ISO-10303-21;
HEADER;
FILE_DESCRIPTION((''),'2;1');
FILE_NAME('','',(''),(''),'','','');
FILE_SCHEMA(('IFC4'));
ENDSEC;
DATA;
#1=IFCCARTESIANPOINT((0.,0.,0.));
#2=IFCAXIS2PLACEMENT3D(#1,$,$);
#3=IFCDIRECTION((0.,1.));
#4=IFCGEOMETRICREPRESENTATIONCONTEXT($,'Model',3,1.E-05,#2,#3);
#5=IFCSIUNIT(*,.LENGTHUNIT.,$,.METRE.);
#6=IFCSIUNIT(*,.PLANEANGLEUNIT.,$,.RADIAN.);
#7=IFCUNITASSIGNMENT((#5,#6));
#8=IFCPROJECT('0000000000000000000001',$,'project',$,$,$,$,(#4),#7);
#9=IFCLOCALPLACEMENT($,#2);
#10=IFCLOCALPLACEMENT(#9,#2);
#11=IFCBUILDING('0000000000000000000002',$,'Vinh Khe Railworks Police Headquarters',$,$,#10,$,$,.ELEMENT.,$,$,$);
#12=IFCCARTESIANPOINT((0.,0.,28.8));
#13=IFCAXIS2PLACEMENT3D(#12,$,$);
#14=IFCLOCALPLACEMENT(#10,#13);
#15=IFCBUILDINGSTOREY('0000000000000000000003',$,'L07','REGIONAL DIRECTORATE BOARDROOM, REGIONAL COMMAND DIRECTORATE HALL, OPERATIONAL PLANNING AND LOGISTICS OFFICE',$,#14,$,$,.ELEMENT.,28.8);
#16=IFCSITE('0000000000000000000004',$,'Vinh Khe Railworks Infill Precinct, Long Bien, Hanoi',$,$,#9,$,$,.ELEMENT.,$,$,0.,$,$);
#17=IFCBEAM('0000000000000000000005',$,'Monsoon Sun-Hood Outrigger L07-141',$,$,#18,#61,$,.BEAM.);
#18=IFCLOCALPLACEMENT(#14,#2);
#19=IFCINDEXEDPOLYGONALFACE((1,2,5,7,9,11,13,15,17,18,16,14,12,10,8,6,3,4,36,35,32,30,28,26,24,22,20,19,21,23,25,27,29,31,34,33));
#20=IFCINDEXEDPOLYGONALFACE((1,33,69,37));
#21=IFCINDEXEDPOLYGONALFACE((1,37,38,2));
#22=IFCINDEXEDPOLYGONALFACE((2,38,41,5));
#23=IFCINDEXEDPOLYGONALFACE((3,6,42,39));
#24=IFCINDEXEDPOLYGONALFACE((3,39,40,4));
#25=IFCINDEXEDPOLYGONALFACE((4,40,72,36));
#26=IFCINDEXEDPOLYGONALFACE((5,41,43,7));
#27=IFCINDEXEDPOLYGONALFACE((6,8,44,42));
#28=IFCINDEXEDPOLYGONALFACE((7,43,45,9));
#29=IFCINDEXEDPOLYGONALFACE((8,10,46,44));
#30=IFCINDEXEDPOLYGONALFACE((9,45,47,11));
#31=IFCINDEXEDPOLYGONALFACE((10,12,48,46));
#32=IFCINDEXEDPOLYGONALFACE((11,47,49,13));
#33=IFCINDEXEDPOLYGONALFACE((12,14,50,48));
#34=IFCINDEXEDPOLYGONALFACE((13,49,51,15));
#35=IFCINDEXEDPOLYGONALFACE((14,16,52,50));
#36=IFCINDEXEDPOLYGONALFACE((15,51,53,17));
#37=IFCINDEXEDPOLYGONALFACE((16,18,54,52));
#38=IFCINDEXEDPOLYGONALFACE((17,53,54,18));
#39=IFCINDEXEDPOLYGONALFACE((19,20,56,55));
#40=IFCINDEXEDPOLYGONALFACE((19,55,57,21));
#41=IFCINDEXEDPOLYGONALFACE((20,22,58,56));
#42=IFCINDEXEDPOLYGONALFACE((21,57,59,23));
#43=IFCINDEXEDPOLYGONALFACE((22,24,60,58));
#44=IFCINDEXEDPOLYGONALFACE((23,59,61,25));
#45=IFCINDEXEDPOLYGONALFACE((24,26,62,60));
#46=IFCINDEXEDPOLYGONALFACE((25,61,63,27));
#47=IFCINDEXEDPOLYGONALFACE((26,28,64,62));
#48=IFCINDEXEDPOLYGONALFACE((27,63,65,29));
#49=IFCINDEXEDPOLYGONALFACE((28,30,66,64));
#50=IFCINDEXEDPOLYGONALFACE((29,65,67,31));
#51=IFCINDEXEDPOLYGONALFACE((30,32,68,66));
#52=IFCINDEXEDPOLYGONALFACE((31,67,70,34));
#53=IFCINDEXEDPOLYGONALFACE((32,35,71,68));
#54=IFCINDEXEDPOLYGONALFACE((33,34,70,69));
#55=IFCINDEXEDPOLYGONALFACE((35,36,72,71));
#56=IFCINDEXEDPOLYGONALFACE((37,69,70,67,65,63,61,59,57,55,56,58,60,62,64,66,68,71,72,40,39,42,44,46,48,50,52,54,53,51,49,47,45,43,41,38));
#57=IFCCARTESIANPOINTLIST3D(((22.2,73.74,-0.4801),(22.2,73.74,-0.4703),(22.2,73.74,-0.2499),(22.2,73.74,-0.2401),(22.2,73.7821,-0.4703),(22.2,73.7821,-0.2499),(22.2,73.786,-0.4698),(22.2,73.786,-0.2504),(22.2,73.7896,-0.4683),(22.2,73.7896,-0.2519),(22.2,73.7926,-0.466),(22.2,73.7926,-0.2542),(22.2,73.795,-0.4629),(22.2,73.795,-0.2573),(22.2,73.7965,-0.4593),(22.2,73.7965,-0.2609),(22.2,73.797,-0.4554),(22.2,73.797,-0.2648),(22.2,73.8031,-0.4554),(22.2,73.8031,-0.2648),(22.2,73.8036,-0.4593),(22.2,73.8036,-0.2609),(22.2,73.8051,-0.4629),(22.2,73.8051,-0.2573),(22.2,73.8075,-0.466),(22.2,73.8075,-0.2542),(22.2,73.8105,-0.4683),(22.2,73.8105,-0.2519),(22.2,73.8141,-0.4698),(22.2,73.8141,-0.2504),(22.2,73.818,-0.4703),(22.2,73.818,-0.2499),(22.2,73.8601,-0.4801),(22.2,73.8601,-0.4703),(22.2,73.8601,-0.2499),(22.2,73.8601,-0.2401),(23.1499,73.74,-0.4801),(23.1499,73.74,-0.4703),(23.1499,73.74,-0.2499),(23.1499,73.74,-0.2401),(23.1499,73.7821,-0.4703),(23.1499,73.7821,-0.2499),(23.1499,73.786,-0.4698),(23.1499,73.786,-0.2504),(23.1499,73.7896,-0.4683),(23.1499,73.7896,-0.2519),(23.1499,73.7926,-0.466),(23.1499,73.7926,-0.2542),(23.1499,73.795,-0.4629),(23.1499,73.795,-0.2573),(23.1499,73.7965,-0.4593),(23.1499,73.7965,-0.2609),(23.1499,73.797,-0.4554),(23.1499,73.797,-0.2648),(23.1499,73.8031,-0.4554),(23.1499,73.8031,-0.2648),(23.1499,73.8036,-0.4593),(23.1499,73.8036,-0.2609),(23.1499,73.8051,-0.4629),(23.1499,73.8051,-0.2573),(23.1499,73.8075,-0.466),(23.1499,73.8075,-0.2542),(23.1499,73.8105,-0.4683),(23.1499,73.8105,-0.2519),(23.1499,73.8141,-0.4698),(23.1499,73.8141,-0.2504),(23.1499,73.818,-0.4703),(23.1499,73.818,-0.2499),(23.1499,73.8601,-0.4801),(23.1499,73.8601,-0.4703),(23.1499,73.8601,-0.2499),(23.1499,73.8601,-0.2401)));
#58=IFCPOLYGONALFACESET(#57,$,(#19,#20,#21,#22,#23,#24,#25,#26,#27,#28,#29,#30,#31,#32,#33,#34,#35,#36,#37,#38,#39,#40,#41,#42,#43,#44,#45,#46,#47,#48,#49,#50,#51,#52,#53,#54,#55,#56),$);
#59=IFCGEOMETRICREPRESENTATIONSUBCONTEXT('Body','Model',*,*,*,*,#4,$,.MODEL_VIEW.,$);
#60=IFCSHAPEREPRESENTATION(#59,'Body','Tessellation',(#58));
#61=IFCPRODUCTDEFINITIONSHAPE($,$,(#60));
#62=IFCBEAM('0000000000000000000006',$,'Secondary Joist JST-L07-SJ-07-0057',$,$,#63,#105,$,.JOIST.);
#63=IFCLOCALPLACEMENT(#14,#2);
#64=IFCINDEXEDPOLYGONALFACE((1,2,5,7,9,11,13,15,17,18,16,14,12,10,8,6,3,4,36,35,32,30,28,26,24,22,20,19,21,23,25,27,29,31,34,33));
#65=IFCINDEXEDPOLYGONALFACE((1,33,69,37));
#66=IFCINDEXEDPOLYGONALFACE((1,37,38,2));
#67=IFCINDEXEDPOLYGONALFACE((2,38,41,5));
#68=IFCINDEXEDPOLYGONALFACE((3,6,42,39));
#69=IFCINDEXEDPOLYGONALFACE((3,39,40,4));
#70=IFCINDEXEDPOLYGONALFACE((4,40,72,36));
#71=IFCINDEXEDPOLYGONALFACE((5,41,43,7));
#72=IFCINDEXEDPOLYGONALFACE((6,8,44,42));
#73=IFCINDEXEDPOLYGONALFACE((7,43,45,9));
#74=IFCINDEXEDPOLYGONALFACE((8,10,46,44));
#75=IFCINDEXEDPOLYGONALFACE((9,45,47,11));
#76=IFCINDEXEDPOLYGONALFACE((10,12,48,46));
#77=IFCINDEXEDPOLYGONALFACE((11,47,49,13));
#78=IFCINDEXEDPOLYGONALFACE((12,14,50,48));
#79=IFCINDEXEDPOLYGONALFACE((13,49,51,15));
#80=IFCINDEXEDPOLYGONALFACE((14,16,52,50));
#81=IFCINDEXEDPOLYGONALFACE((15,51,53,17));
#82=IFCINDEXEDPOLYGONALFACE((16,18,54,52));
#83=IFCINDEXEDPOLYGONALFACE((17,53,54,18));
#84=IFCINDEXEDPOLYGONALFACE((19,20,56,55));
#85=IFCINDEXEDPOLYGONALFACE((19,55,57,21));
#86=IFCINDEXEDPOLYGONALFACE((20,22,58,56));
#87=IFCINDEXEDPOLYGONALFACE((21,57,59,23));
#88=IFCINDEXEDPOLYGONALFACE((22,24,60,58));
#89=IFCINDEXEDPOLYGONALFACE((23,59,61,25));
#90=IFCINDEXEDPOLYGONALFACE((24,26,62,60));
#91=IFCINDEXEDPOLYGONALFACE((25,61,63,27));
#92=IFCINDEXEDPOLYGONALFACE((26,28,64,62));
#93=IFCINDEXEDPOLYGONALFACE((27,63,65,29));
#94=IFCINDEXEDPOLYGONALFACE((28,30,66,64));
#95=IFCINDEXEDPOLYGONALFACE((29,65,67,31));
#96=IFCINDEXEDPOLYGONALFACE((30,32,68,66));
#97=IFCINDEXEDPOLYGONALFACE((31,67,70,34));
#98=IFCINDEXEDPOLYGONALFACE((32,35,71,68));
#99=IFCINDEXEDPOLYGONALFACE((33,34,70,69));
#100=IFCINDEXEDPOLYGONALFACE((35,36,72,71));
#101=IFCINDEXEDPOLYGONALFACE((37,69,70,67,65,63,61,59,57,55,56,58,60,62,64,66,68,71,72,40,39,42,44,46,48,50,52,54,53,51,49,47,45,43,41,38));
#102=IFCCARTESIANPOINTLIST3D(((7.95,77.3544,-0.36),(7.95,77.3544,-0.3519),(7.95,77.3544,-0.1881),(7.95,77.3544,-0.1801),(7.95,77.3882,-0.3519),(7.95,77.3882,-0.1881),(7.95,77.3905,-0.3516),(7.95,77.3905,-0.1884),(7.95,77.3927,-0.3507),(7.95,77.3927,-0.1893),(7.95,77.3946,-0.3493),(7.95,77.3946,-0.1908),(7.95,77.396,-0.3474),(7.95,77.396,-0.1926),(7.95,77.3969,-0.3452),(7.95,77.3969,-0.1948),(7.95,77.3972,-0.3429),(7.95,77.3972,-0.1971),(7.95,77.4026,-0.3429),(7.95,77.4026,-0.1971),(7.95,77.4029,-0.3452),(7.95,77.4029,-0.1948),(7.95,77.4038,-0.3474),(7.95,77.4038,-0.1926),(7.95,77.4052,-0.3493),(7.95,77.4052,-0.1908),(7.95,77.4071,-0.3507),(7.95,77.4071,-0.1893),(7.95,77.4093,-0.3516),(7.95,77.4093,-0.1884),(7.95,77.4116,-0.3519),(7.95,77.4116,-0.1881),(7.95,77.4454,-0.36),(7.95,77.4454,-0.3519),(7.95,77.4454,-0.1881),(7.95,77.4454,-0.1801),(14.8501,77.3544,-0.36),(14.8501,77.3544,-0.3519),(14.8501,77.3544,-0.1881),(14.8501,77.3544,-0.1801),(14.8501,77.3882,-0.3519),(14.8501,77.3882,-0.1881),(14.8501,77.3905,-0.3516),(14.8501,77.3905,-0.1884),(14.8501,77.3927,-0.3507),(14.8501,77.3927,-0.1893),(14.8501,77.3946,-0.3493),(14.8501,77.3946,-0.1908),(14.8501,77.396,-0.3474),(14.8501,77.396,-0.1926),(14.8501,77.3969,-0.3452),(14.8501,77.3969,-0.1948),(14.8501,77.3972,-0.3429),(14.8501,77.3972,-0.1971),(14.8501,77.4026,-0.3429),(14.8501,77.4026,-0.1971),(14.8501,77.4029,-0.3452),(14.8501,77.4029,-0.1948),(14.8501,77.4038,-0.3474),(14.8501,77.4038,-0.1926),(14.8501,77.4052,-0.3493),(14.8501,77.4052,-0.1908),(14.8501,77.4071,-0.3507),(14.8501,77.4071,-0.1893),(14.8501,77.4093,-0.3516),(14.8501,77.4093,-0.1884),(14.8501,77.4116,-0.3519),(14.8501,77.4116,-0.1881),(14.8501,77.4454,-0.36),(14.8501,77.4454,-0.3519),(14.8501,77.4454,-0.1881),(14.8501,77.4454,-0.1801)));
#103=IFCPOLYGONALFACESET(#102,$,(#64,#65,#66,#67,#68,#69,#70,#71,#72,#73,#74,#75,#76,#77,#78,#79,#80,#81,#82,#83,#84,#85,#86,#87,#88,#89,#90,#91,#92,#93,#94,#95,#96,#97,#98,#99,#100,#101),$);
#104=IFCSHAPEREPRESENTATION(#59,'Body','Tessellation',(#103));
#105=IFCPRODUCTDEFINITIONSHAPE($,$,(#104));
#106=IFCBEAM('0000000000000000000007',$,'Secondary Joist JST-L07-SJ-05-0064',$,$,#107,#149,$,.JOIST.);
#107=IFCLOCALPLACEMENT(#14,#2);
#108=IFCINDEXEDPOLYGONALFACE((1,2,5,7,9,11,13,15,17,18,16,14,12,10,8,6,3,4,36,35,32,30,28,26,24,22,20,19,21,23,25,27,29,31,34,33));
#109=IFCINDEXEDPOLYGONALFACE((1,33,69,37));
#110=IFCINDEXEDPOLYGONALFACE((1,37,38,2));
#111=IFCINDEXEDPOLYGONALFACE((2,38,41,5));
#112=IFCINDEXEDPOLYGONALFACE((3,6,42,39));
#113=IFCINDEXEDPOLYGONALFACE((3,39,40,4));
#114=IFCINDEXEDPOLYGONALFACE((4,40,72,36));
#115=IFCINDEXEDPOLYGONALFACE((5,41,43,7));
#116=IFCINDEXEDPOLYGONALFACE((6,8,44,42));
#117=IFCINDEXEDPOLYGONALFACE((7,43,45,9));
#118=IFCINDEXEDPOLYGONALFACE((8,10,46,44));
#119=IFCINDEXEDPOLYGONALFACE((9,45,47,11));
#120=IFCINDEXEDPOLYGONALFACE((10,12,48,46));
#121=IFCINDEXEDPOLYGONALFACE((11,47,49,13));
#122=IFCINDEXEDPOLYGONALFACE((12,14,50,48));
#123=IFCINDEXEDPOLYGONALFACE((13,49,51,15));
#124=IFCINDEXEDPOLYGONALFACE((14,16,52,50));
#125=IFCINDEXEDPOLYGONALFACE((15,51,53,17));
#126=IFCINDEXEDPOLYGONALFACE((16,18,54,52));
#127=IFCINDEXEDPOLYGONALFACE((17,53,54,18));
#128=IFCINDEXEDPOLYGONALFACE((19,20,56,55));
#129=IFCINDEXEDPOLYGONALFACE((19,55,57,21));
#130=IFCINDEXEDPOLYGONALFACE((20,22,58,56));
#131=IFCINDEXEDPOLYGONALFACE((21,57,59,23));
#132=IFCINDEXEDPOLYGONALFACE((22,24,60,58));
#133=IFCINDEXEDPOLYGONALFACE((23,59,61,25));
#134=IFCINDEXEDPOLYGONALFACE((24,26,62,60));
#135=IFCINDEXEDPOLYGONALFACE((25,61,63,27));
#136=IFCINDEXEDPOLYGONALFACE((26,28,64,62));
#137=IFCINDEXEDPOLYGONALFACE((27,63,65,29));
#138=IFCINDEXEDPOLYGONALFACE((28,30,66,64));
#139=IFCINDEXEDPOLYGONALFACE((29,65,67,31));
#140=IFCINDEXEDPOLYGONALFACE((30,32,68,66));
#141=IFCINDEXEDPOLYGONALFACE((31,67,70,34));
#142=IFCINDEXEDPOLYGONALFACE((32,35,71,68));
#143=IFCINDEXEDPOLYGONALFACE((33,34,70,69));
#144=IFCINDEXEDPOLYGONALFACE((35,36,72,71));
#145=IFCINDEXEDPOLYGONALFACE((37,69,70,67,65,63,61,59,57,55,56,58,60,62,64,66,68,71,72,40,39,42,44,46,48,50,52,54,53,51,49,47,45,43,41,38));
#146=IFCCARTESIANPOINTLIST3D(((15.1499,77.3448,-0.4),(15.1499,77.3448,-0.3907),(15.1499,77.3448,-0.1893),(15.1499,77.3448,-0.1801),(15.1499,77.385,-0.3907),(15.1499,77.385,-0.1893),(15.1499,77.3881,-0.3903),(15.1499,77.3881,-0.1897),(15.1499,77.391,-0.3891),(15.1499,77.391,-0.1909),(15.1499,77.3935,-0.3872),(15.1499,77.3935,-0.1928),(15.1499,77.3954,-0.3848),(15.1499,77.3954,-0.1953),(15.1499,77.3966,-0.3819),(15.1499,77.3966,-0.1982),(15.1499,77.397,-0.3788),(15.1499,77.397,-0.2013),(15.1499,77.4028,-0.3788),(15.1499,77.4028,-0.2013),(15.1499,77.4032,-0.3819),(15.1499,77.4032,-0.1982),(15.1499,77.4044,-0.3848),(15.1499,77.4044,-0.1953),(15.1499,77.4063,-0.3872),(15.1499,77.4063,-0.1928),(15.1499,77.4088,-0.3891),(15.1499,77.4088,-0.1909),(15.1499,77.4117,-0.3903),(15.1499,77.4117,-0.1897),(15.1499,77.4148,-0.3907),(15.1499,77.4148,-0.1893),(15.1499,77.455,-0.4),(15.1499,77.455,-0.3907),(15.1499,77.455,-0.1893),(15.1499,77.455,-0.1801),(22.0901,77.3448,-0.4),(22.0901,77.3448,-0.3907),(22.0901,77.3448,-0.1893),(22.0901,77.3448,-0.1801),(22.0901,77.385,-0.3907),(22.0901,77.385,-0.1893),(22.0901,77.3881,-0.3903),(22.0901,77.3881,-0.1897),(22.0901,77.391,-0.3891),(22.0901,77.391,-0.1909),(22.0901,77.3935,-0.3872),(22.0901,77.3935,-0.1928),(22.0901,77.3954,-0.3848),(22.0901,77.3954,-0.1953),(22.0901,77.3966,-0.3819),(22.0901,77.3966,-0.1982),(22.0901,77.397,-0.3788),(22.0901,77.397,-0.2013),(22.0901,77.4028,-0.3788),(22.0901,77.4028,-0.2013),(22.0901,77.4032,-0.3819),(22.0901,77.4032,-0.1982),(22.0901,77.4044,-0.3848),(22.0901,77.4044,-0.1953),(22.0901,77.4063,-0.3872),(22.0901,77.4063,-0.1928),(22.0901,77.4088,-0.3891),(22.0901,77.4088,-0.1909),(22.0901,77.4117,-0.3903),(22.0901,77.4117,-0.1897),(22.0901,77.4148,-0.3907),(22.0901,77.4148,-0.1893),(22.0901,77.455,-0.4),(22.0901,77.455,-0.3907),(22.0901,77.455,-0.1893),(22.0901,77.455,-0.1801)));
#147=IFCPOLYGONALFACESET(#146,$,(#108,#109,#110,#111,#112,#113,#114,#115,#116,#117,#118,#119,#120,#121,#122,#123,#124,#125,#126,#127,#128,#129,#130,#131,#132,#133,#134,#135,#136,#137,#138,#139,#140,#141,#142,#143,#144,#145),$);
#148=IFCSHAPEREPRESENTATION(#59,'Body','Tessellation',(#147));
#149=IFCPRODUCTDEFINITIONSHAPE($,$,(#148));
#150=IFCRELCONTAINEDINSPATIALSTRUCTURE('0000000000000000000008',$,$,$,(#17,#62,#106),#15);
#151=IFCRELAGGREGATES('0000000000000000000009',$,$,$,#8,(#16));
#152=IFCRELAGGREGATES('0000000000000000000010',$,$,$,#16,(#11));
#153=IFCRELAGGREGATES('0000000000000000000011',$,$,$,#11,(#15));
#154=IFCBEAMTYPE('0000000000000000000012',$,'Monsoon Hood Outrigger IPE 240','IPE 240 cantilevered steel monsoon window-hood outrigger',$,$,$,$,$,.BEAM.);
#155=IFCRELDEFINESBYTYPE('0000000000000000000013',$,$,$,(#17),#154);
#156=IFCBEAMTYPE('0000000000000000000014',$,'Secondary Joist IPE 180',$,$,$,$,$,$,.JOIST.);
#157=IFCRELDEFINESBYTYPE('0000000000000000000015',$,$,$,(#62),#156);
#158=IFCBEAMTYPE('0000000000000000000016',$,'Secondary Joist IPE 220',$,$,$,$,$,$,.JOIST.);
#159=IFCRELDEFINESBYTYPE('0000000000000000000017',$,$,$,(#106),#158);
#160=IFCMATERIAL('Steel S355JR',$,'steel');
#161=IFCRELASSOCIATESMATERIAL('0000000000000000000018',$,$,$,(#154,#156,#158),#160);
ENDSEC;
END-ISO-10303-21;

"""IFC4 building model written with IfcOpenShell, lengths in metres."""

from ifc_helpers import new_model, si_unit, direction, frame, origin, origin_2d, place, context, subcontext, project, spatial, i_section, extrude, material, material_profile, profile_set, type_object, element, save


model = new_model("IFC4")

# Units and contexts
model_context = context("Model", 3, precision=1e-05, world=origin(), true_north=direction((0.0, 1.0)))
body_context = subcontext(model_context, "Body", "Model", "MODEL_VIEW")
ifc_project = project(units=[si_unit("LENGTHUNIT", "METRE"), si_unit("PLANEANGLEUNIT", "RADIAN")], contexts=[model_context])

# Site, building, storey
site_placement = place(None, origin())
site = spatial("IfcSite", under=ifc_project, at=site_placement, Name="Vinh Khe Railworks Infill Precinct, Long Bien, Hanoi", CompositionType="ELEMENT", RefElevation=0.0)
building_placement = place(site_placement, origin())
building = spatial("IfcBuilding", under=site, at=building_placement, Name="Vinh Khe Railworks Police Headquarters", CompositionType="ELEMENT")
storey_placement = place(building_placement, frame((0.0, 0.0, 28.8)))
storey = spatial("IfcBuildingStorey", under=building, at=storey_placement, Name="L07", Description="REGIONAL DIRECTORATE BOARDROOM, REGIONAL COMMAND DIRECTORATE HALL, OPERATIONAL PLANNING AND LOGISTICS OFFICE", CompositionType="ELEMENT", Elevation=28.8)

# Shared definitions
ifc_material_1 = material(Name="Steel S355JR", Category="steel")

# Beams
ifc_material_profile_1 = material_profile(ifc_material_1, i_section(OverallWidth=0.1201, OverallDepth=0.24, WebThickness=0.0061, FlangeThickness=0.0098, FilletRadius=0.0149, at=origin_2d()), Name="IPE 240")
ifc_profile_set_1 = profile_set([ifc_material_profile_1], Name="Steel S355JR")
beam_type_1 = type_object("IfcBeamType", Name="Monsoon Hood Outrigger IPE 240", Description="IPE 240 cantilevered steel monsoon window-hood outrigger", PredefinedType="BEAM", material=ifc_profile_set_1)
beam_1_placement = place(storey_placement, frame((22.2, 73.8, -0.3601), z_axis=(1.0, 0.0, 0.0), x_axis=(0.0, 1.0, 0.0)))
element("IfcBeam", 1, at=beam_1_placement, inside=storey, type_object=beam_type_1, Name="Monsoon Sun-Hood Outrigger L07-141", PredefinedType="BEAM", context=body_context, shape_type="SweptSolid", body=[
    extrude(i_section(OverallWidth=0.1201, OverallDepth=0.24, WebThickness=0.0061, FlangeThickness=0.0098, FilletRadius=0.0149, at=origin_2d()), origin(), (0.0, 0.0, 1.0), 0.95),
])
ifc_material_profile_2 = material_profile(ifc_material_1, i_section(OverallWidth=0.0911, OverallDepth=0.1799, WebThickness=0.0054, FlangeThickness=0.0081, FilletRadius=0.009, at=origin_2d()), Name="IPE 180")
ifc_profile_set_2 = profile_set([ifc_material_profile_2], Name="Steel S355JR")
beam_type_2 = type_object("IfcBeamType", Name="Secondary Joist IPE 180", PredefinedType="JOIST", material=ifc_profile_set_2)
beam_2_placement = place(storey_placement, frame((7.95, 77.3999, -0.27), z_axis=(1.0, 0.0, 0.0), x_axis=(0.0, 1.0, 0.0)))
element("IfcBeam", 2, at=beam_2_placement, inside=storey, type_object=beam_type_2, Name="Secondary Joist JST-L07-SJ-07-0057", PredefinedType="JOIST", context=body_context, shape_type="SweptSolid", body=[
    extrude(i_section(OverallWidth=0.0911, OverallDepth=0.1799, WebThickness=0.0054, FlangeThickness=0.0081, FilletRadius=0.009, at=origin_2d()), origin(), (0.0, 0.0, 1.0), 6.9001),
])
ifc_material_profile_3 = material_profile(ifc_material_1, i_section(OverallWidth=0.1101, OverallDepth=0.22, WebThickness=0.0059, FlangeThickness=0.0093, FilletRadius=0.012, at=origin_2d()), Name="IPE 220")
ifc_profile_set_3 = profile_set([ifc_material_profile_3], Name="Steel S355JR")
beam_type_3 = type_object("IfcBeamType", Name="Secondary Joist IPE 220", PredefinedType="JOIST", material=ifc_profile_set_3)
beam_3_placement = place(storey_placement, frame((15.1499, 77.3999, -0.29), z_axis=(1.0, 0.0, 0.0), x_axis=(0.0, 1.0, 0.0)))
element("IfcBeam", 3, at=beam_3_placement, inside=storey, type_object=beam_type_3, Name="Secondary Joist JST-L07-SJ-05-0064", PredefinedType="JOIST", context=body_context, shape_type="SweptSolid", body=[
    extrude(i_section(OverallWidth=0.1101, OverallDepth=0.22, WebThickness=0.0059, FlangeThickness=0.0093, FilletRadius=0.012, at=origin_2d()), origin(), (0.0, 0.0, 1.0), 6.9402),
])

save(model, "model.ifc")
